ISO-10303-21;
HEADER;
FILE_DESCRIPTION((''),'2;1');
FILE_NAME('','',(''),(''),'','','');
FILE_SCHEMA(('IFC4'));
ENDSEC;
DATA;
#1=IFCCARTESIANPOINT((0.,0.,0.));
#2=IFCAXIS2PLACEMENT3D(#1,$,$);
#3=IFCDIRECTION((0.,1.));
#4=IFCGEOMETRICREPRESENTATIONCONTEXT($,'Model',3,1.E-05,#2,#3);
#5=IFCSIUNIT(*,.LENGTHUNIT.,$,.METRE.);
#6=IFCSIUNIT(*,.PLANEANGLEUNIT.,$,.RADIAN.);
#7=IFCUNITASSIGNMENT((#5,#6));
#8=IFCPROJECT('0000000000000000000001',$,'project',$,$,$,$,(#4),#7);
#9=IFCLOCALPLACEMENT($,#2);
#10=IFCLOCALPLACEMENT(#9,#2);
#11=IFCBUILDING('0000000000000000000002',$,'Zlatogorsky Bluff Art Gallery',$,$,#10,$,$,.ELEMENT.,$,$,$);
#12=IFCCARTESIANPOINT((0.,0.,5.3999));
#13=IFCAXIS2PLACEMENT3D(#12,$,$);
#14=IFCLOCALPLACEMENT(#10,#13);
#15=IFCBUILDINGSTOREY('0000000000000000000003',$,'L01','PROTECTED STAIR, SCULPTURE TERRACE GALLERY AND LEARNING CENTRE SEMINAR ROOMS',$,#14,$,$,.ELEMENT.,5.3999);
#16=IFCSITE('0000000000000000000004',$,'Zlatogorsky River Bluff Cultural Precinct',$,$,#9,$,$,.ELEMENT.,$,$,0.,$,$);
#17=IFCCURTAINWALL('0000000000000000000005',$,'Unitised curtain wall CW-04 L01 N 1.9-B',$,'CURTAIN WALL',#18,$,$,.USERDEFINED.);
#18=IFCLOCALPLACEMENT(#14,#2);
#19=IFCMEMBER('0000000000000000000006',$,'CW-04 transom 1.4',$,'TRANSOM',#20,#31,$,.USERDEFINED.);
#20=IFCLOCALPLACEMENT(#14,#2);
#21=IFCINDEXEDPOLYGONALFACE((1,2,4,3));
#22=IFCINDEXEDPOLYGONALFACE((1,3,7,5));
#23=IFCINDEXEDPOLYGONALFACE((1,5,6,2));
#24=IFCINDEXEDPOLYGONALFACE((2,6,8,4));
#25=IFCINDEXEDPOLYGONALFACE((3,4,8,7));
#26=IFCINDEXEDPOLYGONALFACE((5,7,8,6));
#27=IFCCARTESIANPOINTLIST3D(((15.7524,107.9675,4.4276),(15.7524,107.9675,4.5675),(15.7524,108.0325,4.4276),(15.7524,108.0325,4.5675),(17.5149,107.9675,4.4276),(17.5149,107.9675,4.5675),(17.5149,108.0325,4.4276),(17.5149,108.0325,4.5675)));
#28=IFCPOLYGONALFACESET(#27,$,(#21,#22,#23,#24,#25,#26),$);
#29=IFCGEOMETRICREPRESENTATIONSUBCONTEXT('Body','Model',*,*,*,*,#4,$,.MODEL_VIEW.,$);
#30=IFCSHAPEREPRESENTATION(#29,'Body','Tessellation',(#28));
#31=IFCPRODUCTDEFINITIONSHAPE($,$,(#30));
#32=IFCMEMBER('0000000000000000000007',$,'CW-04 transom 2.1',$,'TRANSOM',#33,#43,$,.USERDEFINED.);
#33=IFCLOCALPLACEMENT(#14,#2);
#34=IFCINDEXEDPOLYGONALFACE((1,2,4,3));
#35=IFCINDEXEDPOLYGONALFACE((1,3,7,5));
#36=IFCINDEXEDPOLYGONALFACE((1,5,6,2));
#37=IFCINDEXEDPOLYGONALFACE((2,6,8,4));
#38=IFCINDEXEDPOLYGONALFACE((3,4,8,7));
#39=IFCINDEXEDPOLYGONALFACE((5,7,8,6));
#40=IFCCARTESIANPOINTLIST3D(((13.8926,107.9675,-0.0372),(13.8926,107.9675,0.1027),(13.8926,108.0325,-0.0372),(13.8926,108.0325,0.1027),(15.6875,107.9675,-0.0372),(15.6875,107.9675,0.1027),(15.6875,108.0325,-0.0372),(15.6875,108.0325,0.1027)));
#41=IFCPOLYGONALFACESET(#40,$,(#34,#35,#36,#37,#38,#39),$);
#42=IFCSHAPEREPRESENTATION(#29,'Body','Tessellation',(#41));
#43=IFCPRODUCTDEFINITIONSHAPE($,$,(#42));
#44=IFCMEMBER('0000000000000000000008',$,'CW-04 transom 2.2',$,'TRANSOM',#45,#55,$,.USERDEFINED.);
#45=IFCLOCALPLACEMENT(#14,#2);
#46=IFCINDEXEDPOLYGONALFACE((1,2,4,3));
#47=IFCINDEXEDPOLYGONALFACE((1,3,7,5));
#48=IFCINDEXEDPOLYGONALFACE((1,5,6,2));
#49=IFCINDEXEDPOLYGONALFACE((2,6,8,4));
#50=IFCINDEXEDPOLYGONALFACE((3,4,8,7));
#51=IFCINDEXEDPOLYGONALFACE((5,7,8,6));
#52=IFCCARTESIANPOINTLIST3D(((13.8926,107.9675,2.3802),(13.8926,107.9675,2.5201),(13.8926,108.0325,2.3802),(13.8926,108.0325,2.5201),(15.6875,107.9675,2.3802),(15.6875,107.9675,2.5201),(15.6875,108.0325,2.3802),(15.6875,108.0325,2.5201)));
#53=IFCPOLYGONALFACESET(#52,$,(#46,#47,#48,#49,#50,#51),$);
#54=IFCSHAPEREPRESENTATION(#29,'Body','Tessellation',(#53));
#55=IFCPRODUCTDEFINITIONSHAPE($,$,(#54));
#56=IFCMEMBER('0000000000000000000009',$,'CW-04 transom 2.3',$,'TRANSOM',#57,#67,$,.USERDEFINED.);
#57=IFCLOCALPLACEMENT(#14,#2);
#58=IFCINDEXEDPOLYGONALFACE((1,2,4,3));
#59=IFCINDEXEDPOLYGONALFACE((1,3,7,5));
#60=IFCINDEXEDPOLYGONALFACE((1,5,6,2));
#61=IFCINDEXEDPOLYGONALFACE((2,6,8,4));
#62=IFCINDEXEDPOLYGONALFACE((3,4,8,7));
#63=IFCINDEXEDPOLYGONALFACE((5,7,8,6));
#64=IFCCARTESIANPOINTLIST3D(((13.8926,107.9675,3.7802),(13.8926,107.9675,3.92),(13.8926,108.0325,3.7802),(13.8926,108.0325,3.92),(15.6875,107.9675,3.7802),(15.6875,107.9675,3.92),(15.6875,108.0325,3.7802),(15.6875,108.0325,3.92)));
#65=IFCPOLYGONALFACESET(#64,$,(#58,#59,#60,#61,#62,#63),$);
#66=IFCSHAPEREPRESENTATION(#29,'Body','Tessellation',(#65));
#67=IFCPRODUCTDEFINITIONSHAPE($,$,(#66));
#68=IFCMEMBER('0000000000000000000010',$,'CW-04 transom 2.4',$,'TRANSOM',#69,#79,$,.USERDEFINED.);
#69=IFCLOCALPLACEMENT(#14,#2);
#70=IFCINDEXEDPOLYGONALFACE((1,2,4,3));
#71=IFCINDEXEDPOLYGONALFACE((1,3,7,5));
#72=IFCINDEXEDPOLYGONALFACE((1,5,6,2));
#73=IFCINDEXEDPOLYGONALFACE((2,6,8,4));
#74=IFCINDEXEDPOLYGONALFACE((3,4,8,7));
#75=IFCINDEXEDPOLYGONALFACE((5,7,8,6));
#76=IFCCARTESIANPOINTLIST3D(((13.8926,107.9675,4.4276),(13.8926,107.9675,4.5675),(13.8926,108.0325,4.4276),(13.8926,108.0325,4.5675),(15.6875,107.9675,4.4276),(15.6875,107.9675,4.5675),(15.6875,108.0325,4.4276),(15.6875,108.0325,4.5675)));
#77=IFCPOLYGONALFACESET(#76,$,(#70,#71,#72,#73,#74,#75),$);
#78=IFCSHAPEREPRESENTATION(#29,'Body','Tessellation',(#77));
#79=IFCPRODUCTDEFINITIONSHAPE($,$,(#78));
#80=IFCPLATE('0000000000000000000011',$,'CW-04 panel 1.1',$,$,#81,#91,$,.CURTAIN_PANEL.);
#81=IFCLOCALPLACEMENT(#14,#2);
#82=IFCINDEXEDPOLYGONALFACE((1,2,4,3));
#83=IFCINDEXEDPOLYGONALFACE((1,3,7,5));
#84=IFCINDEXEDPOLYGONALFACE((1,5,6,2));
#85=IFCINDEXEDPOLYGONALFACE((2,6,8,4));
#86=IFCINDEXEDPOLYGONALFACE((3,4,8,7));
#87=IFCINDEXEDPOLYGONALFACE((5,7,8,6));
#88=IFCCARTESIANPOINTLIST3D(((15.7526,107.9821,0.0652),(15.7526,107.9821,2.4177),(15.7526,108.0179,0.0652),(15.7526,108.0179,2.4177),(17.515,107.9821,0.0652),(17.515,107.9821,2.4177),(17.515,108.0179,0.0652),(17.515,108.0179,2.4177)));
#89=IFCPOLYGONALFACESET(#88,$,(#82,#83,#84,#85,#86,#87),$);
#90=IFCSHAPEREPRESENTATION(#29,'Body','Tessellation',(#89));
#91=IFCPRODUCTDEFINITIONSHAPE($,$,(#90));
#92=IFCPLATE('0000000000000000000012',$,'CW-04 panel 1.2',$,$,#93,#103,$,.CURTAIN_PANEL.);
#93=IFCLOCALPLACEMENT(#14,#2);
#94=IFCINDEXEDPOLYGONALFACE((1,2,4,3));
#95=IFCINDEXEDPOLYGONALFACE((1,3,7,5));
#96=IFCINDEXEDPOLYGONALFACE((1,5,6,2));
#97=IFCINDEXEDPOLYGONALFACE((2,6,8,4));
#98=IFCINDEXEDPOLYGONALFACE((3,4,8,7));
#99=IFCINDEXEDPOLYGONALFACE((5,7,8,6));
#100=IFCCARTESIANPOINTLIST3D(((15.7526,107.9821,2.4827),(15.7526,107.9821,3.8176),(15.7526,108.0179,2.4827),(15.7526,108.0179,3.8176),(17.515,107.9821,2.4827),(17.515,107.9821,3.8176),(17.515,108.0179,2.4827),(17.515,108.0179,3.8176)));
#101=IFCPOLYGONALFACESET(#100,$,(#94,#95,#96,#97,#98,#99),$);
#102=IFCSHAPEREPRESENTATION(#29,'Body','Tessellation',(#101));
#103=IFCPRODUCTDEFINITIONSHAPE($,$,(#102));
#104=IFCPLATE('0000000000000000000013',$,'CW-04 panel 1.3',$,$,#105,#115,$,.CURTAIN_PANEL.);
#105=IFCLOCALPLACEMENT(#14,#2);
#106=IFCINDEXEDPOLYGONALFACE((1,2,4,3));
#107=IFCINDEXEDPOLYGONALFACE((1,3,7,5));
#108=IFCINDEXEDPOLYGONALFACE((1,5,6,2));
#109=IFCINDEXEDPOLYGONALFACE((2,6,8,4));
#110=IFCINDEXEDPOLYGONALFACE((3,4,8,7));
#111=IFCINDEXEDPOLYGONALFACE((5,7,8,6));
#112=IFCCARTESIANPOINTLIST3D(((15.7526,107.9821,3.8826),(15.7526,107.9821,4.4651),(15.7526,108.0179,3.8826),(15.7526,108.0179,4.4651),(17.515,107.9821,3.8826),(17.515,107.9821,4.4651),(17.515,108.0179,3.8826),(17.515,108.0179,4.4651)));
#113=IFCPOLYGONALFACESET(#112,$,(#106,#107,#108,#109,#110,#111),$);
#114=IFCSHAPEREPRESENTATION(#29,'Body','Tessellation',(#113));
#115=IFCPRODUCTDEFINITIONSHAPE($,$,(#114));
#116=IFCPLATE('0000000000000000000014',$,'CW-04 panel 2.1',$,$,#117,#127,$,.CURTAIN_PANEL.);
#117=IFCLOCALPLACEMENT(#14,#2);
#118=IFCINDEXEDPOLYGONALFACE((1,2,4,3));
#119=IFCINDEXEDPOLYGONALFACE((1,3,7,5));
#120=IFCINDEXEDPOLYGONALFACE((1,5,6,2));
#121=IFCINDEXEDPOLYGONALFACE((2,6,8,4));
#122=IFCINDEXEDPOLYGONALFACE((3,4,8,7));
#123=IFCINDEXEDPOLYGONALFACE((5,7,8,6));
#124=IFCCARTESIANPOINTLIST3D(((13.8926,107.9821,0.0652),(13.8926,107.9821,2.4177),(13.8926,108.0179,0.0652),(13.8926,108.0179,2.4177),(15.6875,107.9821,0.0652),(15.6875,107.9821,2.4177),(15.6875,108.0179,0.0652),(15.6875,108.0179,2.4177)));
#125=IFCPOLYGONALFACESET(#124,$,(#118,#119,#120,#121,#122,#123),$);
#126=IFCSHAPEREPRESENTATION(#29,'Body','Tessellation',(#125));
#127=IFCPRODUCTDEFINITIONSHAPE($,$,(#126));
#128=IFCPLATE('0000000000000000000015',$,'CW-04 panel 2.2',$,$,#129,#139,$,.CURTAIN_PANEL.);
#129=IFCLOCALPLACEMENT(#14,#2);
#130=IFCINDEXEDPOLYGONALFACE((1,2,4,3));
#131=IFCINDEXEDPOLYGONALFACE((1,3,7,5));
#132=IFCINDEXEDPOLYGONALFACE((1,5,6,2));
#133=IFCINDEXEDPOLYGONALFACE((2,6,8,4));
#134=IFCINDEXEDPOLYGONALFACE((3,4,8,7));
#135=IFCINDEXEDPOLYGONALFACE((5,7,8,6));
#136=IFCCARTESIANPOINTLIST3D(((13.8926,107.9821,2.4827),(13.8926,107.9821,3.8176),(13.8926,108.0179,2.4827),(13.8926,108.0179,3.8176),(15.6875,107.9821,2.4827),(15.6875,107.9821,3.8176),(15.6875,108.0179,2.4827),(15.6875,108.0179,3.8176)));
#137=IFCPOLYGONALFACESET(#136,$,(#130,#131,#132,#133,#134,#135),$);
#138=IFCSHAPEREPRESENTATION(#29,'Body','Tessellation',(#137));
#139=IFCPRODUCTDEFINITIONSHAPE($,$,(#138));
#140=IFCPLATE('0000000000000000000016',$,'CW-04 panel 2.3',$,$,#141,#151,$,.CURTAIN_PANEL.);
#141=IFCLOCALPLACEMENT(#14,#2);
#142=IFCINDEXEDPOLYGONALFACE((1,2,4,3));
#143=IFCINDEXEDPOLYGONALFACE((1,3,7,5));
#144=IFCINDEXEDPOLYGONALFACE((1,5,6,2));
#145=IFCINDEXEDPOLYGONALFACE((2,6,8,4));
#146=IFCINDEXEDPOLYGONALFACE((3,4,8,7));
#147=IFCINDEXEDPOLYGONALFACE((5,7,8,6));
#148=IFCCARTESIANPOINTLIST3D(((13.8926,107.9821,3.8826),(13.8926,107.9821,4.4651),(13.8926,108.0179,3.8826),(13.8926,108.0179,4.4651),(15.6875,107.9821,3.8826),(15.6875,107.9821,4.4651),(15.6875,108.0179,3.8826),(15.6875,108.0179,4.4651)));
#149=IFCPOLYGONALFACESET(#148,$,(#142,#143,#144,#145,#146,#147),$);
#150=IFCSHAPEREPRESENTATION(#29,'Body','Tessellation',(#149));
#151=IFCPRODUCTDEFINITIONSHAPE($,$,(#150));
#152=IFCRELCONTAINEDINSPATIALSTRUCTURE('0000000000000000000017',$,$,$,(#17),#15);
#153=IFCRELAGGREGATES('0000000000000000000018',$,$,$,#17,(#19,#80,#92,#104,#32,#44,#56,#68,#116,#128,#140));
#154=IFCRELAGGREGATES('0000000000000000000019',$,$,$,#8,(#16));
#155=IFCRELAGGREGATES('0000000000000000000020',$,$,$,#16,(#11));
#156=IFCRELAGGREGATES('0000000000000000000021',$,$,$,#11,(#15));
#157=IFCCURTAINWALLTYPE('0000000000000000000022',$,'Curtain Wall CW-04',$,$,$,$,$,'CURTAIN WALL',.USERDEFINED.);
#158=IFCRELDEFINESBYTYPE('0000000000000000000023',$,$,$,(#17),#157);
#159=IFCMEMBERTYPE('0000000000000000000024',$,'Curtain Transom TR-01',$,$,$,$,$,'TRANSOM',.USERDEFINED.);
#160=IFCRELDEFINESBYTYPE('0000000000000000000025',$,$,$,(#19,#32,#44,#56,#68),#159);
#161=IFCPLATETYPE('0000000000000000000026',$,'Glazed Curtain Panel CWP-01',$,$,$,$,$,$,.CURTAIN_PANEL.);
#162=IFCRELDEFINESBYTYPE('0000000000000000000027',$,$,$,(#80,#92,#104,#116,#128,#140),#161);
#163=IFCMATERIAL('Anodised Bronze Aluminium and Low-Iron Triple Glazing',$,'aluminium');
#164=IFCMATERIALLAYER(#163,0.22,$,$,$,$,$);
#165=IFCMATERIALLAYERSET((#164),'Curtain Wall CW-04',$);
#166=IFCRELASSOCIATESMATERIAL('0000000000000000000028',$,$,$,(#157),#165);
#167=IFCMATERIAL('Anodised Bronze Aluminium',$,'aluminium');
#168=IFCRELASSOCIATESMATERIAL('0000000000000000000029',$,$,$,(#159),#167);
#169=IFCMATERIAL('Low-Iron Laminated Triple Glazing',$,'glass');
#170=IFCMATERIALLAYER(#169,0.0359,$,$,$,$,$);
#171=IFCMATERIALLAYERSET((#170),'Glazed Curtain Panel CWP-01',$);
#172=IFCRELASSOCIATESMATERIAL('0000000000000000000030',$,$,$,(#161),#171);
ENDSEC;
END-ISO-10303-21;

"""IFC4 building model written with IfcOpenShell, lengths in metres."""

from ifc_helpers import new_model, si_unit, direction, frame, origin, origin_2d, place, context, subcontext, project, spatial, rectangle, extrude, material, layer, layer_set, material_profile, profile_set, type_object, element, aggregate, save


model = new_model("IFC4")

# Units and contexts
model_context = context("Model", 3, precision=1e-05, world=origin(), true_north=direction((0.0, 1.0)))
body_context = subcontext(model_context, "Body", "Model", "MODEL_VIEW")
ifc_project = project(units=[si_unit("LENGTHUNIT", "METRE"), si_unit("PLANEANGLEUNIT", "RADIAN")], contexts=[model_context])

# Site, building, storey
site_placement = place(None, origin())
site = spatial("IfcSite", under=ifc_project, at=site_placement, Name="Zlatogorsky River Bluff Cultural Precinct", CompositionType="ELEMENT", RefElevation=0.0)
building_placement = place(site_placement, origin())
building = spatial("IfcBuilding", under=site, at=building_placement, Name="Zlatogorsky Bluff Art Gallery", CompositionType="ELEMENT")
storey_placement = place(building_placement, frame((0.0, 0.0, 5.3999)))
storey = spatial("IfcBuildingStorey", under=building, at=storey_placement, Name="L01", Description="PROTECTED STAIR, SCULPTURE TERRACE GALLERY AND LEARNING CENTRE SEMINAR ROOMS", CompositionType="ELEMENT", Elevation=5.3999)

# Shared definitions
ifc_material_1 = material(Name="Anodised Bronze Aluminium and Low-Iron Triple Glazing", Category="aluminium")
ifc_layer_1 = layer(ifc_material_1, 0.22)
ifc_layer_set_1 = layer_set([ifc_layer_1], Name="Curtain Wall CW-04")
curtain_wall_type = type_object("IfcCurtainWallType", Name="Curtain Wall CW-04", ElementType="CURTAIN WALL", PredefinedType="USERDEFINED", material=ifc_layer_set_1)
ifc_material_2 = material(Name="Anodised Bronze Aluminium", Category="aluminium")

# Curtain wall, members, plates
curtain_wall_1_placement = place(storey_placement, origin())
curtain_wall_1 = element("IfcCurtainWall", 1, at=curtain_wall_1_placement, inside=storey, type_object=curtain_wall_type, Name="Unitised curtain wall CW-04 L01 N 1.9-B", ObjectType="CURTAIN WALL", PredefinedType="USERDEFINED")
ifc_material_profile_1 = material_profile(ifc_material_2, rectangle(XDim=0.0649, YDim=0.1399, at=origin_2d()), Name="ALU TRANSOM 65x140")
ifc_profile_set_1 = profile_set([ifc_material_profile_1], Name="Anodised Bronze Aluminium")
member_type_1 = type_object("IfcMemberType", Name="Curtain Transom TR-01", ElementType="TRANSOM", PredefinedType="USERDEFINED", material=ifc_profile_set_1)
member_1_placement = place(storey_placement, frame((17.5149, 108.0, 4.4976), z_axis=(-1.0, 0.0, 0.0), x_axis=(0.0, -1.0, 0.0)))
member_1 = element("IfcMember", 2, at=member_1_placement, type_object=member_type_1, Name="CW-04 transom 1.4", ObjectType="TRANSOM", PredefinedType="USERDEFINED", context=body_context, shape_type="SweptSolid", body=[
    extrude(rectangle(XDim=0.0649, YDim=0.1399, at=origin_2d()), origin(), (0.0, 0.0, 1.0), 1.7625),
])
member_2_placement = place(storey_placement, frame((15.6875, 108.0, 0.0327), z_axis=(-1.0, 0.0, 0.0), x_axis=(0.0, -1.0, 0.0)))
member_2 = element("IfcMember", 3, at=member_2_placement, type_object=member_type_1, Name="CW-04 transom 2.1", ObjectType="TRANSOM", PredefinedType="USERDEFINED", context=body_context, shape_type="SweptSolid", body=[
    extrude(rectangle(XDim=0.0649, YDim=0.1399, at=origin_2d()), origin(), (0.0, 0.0, 1.0), 1.7949),
])
member_3_placement = place(storey_placement, frame((15.6875, 108.0, 2.4502), z_axis=(-1.0, 0.0, 0.0), x_axis=(0.0, -1.0, 0.0)))
member_3 = element("IfcMember", 4, at=member_3_placement, type_object=member_type_1, Name="CW-04 transom 2.2", ObjectType="TRANSOM", PredefinedType="USERDEFINED", context=body_context, shape_type="SweptSolid", body=[
    extrude(rectangle(XDim=0.0649, YDim=0.1399, at=origin_2d()), origin(), (0.0, 0.0, 1.0), 1.7949),
])
member_4_placement = place(storey_placement, frame((15.6875, 108.0, 3.8501), z_axis=(-1.0, 0.0, 0.0), x_axis=(0.0, -1.0, 0.0)))
member_4 = element("IfcMember", 5, at=member_4_placement, type_object=member_type_1, Name="CW-04 transom 2.3", ObjectType="TRANSOM", PredefinedType="USERDEFINED", context=body_context, shape_type="SweptSolid", body=[
    extrude(rectangle(XDim=0.0649, YDim=0.1399, at=origin_2d()), origin(), (0.0, 0.0, 1.0), 1.7949),
])
member_5_placement = place(storey_placement, frame((15.6875, 108.0, 4.4976), z_axis=(-1.0, 0.0, 0.0), x_axis=(0.0, -1.0, 0.0)))
member_5 = element("IfcMember", 6, at=member_5_placement, type_object=member_type_1, Name="CW-04 transom 2.4", ObjectType="TRANSOM", PredefinedType="USERDEFINED", context=body_context, shape_type="SweptSolid", body=[
    extrude(rectangle(XDim=0.0649, YDim=0.1399, at=origin_2d()), origin(), (0.0, 0.0, 1.0), 1.7949),
])
ifc_material_3 = material(Name="Low-Iron Laminated Triple Glazing", Category="glass")
ifc_layer_2 = layer(ifc_material_3, 0.0359)
ifc_layer_set_2 = layer_set([ifc_layer_2], Name="Glazed Curtain Panel CWP-01")
plate_type = type_object("IfcPlateType", Name="Glazed Curtain Panel CWP-01", PredefinedType="CURTAIN_PANEL", material=ifc_layer_set_2)
plate_1_placement = place(storey_placement, frame((16.6338, 108.0, 0.0652), z_axis=(0.0, 0.0, 1.0), x_axis=(-1.0, 0.0, 0.0)))
plate_1 = element("IfcPlate", 7, at=plate_1_placement, type_object=plate_type, Name="CW-04 panel 1.1", PredefinedType="CURTAIN_PANEL", context=body_context, shape_type="SweptSolid", body=[
    extrude(rectangle(XDim=1.7625, YDim=0.0359, at=origin_2d()), origin(), (0.0, 0.0, 1.0), 2.3525),
])
plate_2_placement = place(storey_placement, frame((16.6338, 108.0, 2.4827), z_axis=(0.0, 0.0, 1.0), x_axis=(-1.0, 0.0, 0.0)))
plate_2 = element("IfcPlate", 8, at=plate_2_placement, type_object=plate_type, Name="CW-04 panel 1.2", PredefinedType="CURTAIN_PANEL", context=body_context, shape_type="SweptSolid", body=[
    extrude(rectangle(XDim=1.7625, YDim=0.0359, at=origin_2d()), origin(), (0.0, 0.0, 1.0), 1.335),
])
plate_3_placement = place(storey_placement, frame((16.6338, 108.0, 3.8826), z_axis=(0.0, 0.0, 1.0), x_axis=(-1.0, 0.0, 0.0)))
plate_3 = element("IfcPlate", 9, at=plate_3_placement, type_object=plate_type, Name="CW-04 panel 1.3", PredefinedType="CURTAIN_PANEL", context=body_context, shape_type="SweptSolid", body=[
    extrude(rectangle(XDim=1.7625, YDim=0.0359, at=origin_2d()), origin(), (0.0, 0.0, 1.0), 0.5825),
])
plate_4_placement = place(storey_placement, frame((14.79, 108.0, 0.0652), z_axis=(0.0, 0.0, 1.0), x_axis=(-1.0, 0.0, 0.0)))
plate_4 = element("IfcPlate", 10, at=plate_4_placement, type_object=plate_type, Name="CW-04 panel 2.1", PredefinedType="CURTAIN_PANEL", context=body_context, shape_type="SweptSolid", body=[
    extrude(rectangle(XDim=1.7949, YDim=0.0359, at=origin_2d()), origin(), (0.0, 0.0, 1.0), 2.3525),
])
plate_5_placement = place(storey_placement, frame((14.79, 108.0, 2.4827), z_axis=(0.0, 0.0, 1.0), x_axis=(-1.0, 0.0, 0.0)))
plate_5 = element("IfcPlate", 11, at=plate_5_placement, type_object=plate_type, Name="CW-04 panel 2.2", PredefinedType="CURTAIN_PANEL", context=body_context, shape_type="SweptSolid", body=[
    extrude(rectangle(XDim=1.7949, YDim=0.0359, at=origin_2d()), origin(), (0.0, 0.0, 1.0), 1.335),
])
plate_6_placement = place(storey_placement, frame((14.79, 108.0, 3.8826), z_axis=(0.0, 0.0, 1.0), x_axis=(-1.0, 0.0, 0.0)))
plate_6 = element("IfcPlate", 12, at=plate_6_placement, type_object=plate_type, Name="CW-04 panel 2.3", PredefinedType="CURTAIN_PANEL", context=body_context, shape_type="SweptSolid", body=[
    extrude(rectangle(XDim=1.7949, YDim=0.0359, at=origin_2d()), origin(), (0.0, 0.0, 1.0), 0.5825),
])
aggregate(curtain_wall_1, [member_1, plate_1, plate_2, plate_3, member_2, member_3, member_4, member_5, plate_4, plate_5, plate_6])

save(model, "model.ifc")
